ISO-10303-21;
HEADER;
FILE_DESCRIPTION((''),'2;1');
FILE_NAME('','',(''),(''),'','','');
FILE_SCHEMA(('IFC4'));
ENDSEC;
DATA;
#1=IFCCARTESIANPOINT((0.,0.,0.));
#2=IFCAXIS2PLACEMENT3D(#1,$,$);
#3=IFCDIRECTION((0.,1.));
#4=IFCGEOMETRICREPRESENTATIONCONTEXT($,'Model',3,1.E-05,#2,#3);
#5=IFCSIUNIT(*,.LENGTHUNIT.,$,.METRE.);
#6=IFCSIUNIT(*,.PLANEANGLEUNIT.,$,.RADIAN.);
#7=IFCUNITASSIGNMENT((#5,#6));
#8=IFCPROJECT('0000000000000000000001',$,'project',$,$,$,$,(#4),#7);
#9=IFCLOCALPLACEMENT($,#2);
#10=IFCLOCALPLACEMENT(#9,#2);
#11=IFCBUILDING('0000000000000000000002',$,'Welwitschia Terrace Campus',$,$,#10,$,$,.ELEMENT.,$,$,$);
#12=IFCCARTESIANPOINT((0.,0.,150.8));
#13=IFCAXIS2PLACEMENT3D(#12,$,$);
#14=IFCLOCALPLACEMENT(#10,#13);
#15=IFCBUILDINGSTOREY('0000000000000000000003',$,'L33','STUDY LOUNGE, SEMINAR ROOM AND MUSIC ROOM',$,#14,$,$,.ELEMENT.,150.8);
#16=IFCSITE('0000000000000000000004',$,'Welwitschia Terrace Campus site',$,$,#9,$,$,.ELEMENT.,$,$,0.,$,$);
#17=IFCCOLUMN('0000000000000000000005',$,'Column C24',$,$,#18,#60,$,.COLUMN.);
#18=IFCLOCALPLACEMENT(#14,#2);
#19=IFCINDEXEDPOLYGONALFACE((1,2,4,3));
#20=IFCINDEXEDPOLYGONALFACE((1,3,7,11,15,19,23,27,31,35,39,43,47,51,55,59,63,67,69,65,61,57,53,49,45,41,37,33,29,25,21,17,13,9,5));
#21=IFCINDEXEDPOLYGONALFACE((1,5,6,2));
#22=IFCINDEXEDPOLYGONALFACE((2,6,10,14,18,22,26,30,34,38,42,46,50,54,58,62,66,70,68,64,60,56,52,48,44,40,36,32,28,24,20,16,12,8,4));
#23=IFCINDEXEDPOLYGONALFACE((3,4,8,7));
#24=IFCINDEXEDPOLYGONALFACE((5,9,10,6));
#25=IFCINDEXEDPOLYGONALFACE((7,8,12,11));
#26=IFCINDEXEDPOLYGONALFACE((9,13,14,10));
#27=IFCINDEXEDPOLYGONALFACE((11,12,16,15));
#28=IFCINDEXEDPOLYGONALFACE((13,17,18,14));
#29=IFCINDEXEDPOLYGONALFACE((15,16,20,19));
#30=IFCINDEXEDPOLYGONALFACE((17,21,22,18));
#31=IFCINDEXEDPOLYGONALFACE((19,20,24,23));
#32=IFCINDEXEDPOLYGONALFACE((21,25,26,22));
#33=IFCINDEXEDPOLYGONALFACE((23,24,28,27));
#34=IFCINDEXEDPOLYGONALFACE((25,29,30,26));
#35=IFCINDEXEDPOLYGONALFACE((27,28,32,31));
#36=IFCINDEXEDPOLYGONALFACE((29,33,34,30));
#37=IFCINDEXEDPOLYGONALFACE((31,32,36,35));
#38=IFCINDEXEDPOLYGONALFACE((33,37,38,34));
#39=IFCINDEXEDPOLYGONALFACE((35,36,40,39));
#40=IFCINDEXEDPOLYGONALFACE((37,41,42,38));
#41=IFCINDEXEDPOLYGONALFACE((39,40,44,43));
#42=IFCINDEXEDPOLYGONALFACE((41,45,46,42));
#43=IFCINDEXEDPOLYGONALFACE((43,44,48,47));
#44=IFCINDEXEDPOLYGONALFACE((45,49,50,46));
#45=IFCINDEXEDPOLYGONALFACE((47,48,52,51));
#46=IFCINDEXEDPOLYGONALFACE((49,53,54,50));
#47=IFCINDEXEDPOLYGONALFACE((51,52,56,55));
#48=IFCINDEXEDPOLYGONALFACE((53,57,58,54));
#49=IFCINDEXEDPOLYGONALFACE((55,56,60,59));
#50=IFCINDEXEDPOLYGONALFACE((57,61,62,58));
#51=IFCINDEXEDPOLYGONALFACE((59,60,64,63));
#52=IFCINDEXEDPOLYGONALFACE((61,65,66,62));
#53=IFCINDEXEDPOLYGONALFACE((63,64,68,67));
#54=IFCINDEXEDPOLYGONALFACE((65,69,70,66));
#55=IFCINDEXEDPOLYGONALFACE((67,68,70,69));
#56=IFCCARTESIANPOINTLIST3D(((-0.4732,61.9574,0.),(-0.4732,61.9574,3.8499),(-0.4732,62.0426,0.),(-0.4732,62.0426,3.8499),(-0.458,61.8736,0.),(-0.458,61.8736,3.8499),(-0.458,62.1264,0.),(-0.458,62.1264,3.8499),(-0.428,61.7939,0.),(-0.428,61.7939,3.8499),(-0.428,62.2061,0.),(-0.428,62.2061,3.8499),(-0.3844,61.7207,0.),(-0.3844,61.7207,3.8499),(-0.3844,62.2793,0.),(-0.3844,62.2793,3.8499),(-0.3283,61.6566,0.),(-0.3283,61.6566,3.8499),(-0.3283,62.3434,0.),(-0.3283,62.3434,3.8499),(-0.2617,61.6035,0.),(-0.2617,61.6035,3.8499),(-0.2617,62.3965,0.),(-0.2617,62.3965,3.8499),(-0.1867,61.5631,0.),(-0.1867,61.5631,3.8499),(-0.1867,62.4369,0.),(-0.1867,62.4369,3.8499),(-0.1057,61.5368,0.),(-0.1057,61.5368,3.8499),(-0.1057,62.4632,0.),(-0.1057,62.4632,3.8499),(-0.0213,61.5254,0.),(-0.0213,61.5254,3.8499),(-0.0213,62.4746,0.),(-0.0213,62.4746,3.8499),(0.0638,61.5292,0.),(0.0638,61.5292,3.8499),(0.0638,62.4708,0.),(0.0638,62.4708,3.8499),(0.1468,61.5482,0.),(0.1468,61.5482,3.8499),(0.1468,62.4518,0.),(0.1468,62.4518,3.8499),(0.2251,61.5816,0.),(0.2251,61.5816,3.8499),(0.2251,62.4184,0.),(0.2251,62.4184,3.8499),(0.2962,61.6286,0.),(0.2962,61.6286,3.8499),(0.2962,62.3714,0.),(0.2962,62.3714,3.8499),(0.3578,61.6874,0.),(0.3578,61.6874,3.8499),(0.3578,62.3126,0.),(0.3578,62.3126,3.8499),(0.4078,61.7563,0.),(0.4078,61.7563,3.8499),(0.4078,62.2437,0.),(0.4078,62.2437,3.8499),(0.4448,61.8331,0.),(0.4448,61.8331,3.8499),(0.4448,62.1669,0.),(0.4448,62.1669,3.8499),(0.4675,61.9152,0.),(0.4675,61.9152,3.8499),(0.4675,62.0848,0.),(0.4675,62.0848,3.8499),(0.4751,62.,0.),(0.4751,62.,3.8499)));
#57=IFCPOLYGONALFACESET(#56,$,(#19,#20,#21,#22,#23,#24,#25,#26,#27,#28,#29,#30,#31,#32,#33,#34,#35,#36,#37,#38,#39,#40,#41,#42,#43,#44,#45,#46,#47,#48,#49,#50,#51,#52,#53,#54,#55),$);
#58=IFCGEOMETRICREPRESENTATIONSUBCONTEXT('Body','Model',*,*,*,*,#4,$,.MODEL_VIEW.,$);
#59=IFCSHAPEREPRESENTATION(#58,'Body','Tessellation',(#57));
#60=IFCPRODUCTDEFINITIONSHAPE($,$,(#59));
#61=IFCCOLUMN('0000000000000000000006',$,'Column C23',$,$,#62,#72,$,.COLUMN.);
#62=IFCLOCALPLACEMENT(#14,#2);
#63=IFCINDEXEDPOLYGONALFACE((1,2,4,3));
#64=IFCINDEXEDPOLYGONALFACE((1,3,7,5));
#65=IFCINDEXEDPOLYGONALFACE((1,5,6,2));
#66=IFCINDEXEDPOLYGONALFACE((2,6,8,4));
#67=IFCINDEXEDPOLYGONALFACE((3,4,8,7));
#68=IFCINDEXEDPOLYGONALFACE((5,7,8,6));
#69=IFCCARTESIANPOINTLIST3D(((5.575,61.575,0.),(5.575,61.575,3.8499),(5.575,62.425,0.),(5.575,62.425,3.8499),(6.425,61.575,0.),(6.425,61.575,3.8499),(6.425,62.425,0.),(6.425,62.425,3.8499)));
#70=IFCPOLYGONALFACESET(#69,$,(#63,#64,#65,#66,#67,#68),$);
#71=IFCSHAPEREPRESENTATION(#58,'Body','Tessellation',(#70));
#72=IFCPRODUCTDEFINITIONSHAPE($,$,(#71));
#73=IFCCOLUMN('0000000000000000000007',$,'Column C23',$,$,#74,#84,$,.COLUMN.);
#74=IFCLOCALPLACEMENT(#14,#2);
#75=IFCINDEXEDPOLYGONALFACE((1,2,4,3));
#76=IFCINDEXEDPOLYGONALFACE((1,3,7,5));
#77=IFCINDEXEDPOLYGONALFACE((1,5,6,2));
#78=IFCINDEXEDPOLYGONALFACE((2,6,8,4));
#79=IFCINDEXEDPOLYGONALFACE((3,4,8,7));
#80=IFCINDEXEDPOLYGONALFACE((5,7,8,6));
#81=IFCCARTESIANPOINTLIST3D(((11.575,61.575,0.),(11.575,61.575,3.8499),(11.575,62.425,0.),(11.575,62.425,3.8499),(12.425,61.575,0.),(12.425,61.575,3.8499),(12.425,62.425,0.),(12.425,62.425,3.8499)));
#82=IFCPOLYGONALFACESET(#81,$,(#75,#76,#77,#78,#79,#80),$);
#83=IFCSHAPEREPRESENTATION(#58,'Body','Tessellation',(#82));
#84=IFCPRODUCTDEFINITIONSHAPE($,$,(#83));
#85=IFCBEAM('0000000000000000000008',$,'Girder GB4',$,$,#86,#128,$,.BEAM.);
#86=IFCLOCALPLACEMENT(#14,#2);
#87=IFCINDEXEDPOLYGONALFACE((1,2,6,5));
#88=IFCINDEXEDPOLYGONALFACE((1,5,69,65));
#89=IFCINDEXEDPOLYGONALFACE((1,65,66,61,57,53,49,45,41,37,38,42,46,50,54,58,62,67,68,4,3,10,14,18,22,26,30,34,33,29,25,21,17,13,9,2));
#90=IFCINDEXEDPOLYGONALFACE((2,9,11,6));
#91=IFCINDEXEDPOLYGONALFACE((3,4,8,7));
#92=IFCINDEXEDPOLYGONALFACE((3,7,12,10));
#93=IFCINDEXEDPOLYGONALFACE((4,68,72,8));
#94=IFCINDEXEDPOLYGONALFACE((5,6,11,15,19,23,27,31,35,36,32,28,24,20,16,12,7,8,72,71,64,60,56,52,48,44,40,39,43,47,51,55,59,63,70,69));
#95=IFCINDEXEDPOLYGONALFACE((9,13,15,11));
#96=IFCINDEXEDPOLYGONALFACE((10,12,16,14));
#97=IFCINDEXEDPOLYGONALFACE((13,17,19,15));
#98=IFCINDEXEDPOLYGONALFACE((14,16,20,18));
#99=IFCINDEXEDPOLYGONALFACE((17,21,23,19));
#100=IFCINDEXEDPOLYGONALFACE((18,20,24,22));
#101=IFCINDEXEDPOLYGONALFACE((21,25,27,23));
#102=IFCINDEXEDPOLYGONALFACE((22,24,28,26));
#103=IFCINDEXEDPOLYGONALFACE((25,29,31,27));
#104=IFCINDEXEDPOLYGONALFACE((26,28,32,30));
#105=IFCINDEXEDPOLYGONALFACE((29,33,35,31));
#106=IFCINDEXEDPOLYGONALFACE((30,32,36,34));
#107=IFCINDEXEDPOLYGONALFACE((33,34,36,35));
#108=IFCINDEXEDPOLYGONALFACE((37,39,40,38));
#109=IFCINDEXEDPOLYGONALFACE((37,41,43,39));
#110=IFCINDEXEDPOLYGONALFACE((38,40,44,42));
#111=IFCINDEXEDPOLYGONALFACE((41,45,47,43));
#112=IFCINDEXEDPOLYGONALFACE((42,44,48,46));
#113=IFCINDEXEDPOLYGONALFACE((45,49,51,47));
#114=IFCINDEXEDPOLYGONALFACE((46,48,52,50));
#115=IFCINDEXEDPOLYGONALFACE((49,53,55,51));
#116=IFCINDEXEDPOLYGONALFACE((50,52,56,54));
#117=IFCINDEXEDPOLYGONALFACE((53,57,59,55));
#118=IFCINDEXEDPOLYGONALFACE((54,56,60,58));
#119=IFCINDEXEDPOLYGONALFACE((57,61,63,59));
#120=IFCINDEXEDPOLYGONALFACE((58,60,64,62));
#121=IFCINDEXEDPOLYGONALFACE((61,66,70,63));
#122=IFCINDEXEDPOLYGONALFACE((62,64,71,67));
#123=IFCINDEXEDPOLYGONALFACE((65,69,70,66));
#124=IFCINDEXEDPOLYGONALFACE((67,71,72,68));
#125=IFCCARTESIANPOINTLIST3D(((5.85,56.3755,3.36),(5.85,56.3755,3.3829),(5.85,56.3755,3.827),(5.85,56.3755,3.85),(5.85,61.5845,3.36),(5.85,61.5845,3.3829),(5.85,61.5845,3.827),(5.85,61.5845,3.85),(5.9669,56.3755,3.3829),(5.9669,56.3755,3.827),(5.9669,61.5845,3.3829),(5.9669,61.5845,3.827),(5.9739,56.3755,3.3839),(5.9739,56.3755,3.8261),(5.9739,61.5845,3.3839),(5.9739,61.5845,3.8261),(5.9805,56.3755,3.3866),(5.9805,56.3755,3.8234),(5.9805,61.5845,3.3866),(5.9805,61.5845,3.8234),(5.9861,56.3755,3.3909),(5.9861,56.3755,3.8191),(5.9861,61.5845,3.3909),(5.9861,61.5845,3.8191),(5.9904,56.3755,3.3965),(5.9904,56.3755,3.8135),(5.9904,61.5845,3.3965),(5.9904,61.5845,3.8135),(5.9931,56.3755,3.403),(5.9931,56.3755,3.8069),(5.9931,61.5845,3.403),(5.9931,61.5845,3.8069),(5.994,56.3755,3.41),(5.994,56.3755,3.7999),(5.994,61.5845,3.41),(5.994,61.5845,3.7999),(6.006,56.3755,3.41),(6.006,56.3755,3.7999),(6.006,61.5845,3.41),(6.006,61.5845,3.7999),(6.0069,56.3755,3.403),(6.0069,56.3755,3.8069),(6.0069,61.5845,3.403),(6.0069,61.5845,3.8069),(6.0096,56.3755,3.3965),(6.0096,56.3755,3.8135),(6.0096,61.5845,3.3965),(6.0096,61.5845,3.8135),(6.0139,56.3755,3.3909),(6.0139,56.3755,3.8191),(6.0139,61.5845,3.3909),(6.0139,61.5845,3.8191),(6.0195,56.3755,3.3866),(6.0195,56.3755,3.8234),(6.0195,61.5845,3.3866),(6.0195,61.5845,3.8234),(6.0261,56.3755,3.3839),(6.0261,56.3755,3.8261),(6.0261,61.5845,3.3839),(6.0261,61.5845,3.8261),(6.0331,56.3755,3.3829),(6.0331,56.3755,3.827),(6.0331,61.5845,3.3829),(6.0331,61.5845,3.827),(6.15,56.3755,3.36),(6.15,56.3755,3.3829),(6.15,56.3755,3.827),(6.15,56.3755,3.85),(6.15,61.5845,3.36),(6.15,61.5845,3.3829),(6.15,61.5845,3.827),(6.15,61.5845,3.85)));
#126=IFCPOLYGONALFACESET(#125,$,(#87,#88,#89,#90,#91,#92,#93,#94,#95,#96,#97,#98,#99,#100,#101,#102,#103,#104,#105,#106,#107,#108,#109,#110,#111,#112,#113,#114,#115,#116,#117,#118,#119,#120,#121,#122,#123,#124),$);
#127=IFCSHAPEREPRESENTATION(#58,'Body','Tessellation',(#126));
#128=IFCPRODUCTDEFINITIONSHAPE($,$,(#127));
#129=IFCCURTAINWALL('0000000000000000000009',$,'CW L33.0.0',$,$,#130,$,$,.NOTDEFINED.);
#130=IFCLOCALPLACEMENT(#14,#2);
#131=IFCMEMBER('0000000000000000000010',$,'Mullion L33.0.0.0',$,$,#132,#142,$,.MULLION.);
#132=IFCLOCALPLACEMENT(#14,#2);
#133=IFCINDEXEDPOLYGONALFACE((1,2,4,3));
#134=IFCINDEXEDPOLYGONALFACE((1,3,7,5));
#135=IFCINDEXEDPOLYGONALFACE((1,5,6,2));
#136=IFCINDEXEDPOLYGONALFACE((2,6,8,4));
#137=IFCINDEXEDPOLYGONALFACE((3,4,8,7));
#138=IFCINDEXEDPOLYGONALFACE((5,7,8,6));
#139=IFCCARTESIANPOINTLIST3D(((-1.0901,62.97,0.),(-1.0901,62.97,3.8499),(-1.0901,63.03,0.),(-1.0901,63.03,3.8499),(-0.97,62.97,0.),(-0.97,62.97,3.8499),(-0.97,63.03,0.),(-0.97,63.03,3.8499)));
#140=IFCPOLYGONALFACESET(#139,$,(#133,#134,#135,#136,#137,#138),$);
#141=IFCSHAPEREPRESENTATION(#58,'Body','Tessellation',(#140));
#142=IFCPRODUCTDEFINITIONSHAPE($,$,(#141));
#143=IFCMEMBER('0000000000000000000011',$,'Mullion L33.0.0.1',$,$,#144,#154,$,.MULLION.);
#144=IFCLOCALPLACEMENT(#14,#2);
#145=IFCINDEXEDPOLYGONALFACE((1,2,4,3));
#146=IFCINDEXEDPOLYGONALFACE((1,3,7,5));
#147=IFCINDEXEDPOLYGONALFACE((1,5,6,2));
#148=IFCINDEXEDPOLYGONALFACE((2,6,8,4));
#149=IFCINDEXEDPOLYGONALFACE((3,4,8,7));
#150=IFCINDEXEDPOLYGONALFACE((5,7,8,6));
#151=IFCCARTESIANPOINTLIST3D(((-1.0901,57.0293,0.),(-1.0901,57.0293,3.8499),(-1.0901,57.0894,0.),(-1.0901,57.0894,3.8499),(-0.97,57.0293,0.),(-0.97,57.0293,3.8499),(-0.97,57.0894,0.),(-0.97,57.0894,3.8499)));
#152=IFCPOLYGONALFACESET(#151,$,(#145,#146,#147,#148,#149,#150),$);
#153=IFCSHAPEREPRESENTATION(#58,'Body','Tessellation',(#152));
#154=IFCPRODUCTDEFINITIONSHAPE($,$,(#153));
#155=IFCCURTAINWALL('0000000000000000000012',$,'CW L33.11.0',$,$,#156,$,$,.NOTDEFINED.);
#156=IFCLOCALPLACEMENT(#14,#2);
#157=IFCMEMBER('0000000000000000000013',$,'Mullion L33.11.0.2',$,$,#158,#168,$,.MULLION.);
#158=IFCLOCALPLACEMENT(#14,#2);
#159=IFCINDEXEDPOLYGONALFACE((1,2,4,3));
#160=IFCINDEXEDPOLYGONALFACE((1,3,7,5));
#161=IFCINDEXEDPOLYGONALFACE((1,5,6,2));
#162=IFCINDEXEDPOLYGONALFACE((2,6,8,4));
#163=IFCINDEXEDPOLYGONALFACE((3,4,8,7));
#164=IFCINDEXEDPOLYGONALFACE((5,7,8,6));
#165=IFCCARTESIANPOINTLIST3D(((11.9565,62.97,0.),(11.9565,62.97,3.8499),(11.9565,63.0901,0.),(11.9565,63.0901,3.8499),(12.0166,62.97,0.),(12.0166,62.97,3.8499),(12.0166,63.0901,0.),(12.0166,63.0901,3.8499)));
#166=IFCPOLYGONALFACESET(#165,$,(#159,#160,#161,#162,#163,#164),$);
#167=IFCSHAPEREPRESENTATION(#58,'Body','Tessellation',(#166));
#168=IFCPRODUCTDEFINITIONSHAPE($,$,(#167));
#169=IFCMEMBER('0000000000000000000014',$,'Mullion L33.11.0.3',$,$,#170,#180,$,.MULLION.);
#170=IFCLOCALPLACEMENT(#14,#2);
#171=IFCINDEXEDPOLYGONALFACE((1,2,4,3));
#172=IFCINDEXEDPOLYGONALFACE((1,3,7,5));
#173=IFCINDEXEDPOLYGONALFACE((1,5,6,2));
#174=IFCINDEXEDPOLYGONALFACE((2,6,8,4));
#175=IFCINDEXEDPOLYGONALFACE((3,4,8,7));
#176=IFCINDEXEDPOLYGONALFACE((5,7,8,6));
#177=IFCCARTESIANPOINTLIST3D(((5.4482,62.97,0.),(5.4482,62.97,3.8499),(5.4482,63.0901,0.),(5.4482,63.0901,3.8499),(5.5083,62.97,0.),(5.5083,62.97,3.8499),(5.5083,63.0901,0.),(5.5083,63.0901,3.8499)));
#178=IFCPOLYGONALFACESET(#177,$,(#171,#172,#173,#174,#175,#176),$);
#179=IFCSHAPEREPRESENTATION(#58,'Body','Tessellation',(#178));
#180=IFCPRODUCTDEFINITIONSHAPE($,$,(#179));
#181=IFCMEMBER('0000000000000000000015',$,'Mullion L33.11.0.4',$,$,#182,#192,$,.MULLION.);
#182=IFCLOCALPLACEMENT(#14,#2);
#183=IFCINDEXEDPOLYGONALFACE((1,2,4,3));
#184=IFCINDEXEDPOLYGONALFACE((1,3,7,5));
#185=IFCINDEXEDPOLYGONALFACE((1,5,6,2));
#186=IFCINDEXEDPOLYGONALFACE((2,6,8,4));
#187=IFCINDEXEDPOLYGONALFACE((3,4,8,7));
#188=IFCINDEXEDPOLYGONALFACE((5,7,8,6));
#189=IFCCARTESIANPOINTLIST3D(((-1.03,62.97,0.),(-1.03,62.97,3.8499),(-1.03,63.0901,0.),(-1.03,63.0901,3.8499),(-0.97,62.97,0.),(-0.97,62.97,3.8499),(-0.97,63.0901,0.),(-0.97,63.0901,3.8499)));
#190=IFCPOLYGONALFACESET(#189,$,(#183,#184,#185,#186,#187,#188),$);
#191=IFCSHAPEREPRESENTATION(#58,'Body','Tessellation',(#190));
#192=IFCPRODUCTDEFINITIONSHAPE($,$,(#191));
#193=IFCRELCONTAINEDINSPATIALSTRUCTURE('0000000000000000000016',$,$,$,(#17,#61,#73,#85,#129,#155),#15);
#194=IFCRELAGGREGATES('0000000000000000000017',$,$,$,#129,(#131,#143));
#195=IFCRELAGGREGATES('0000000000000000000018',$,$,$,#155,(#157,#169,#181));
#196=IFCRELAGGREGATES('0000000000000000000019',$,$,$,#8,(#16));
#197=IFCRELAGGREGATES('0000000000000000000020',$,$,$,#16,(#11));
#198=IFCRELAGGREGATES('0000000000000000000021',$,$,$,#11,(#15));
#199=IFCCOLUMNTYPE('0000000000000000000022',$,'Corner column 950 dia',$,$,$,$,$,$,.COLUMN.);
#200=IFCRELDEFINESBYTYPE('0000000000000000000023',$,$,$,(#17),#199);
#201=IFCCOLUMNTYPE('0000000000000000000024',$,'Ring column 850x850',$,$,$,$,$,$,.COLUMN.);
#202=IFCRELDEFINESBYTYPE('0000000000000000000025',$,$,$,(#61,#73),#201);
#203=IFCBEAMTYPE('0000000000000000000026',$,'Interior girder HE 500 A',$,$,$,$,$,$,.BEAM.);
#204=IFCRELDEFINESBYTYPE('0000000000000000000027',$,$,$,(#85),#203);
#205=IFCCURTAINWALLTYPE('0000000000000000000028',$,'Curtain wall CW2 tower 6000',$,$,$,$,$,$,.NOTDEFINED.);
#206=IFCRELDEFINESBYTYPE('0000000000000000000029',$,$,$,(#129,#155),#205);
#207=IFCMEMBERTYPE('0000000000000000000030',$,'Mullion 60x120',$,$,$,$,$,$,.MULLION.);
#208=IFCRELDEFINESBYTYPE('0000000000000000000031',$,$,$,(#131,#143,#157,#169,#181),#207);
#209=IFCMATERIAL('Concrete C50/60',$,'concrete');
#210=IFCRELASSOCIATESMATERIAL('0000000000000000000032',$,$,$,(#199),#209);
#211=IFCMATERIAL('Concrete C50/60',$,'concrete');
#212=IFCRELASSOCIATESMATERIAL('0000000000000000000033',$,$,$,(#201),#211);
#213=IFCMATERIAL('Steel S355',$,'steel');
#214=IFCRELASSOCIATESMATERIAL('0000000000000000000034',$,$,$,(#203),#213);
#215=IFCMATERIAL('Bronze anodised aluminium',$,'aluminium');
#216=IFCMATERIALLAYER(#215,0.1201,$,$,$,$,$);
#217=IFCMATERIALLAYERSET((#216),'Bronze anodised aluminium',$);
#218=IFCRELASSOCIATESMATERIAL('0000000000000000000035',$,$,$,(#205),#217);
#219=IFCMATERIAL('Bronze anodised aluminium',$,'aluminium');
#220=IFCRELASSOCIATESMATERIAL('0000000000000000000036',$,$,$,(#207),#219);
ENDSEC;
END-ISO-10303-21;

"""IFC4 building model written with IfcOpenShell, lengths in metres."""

from ifc_helpers import new_model, si_unit, direction, frame, origin, origin_2d, place, context, subcontext, project, spatial, rectangle, circle, i_section, extrude, material, layer, layer_set, material_profile, profile_set, type_object, element, aggregate, save


model = new_model("IFC4")

# Units and contexts
model_context = context("Model", 3, precision=1e-05, world=origin(), true_north=direction((0.0, 1.0)))
body_context = subcontext(model_context, "Body", "Model", "MODEL_VIEW")
ifc_project = project(units=[si_unit("LENGTHUNIT", "METRE"), si_unit("PLANEANGLEUNIT", "RADIAN")], contexts=[model_context])

# Site, building, storey
site_placement = place(None, origin())
site = spatial("IfcSite", under=ifc_project, at=site_placement, Name="Welwitschia Terrace Campus site", CompositionType="ELEMENT", RefElevation=0.0)
building_placement = place(site_placement, origin())
building = spatial("IfcBuilding", under=site, at=building_placement, Name="Welwitschia Terrace Campus", CompositionType="ELEMENT")
storey_placement = place(building_placement, frame((0.0, 0.0, 150.8)))
storey = spatial("IfcBuildingStorey", under=building, at=storey_placement, Name="L33", Description="STUDY LOUNGE, SEMINAR ROOM AND MUSIC ROOM", CompositionType="ELEMENT", Elevation=150.8)

# Columns
ifc_material_1 = material(Name="Concrete C50/60", Category="concrete")
ifc_material_profile_1 = material_profile(ifc_material_1, circle(Radius=0.4751, at=origin_2d()))
ifc_profile_set_1 = profile_set([ifc_material_profile_1], Name="Concrete C50/60")
column_type_1 = type_object("IfcColumnType", Name="Corner column 950 dia", PredefinedType="COLUMN", material=ifc_profile_set_1)
column_placement = place(storey_placement, frame((0.0, 62.0, 0.0), z_axis=(0.0, 0.0, 1.0), x_axis=(1.0, 0.0, 0.0)))
element("IfcColumn", 1, at=column_placement, inside=storey, type_object=column_type_1, Name="Column C24", PredefinedType="COLUMN", context=body_context, shape_type="SweptSolid", body=[
    extrude(circle(Radius=0.4751, at=origin_2d()), origin(), (0.0, 0.0, 1.0), 3.8499),
])
ifc_material_2 = material(Name="Concrete C50/60", Category="concrete")
ifc_material_profile_2 = material_profile(ifc_material_2, rectangle(XDim=0.8501, YDim=0.8501, at=origin_2d()))
ifc_profile_set_2 = profile_set([ifc_material_profile_2], Name="Concrete C50/60")
column_type_2 = type_object("IfcColumnType", Name="Ring column 850x850", PredefinedType="COLUMN", material=ifc_profile_set_2)
for number, where, z_axis, x_axis, name in (
    (2, (6.0, 62.0, 0.0), (0.0, 0.0, 1.0), (1.0, 0.0, 0.0), "Column C23"),
    (3, (12.0, 62.0, 0.0), (0.0, 0.0, 1.0), (1.0, 0.0, 0.0), "Column C23"),
):
    element("IfcColumn", number, at=place(storey_placement, frame(where, z_axis=z_axis, x_axis=x_axis)), inside=storey, type_object=column_type_2, Name=name, PredefinedType="COLUMN", context=body_context, shape_type="SweptSolid", body=[
        extrude(rectangle(XDim=0.8501, YDim=0.8501, at=origin_2d()), origin(), (0.0, 0.0, 1.0), 3.8499),
    ])

# Beam
ifc_material_3 = material(Name="Steel S355", Category="steel")
ifc_material_profile_3 = material_profile(ifc_material_3, i_section(OverallWidth=0.3, OverallDepth=0.49, WebThickness=0.012, FlangeThickness=0.0229, FilletRadius=0.0271, at=origin_2d()))
ifc_profile_set_3 = profile_set([ifc_material_profile_3], Name="Steel S355")
beam_type_1 = type_object("IfcBeamType", Name="Interior girder HE 500 A", PredefinedType="BEAM", material=ifc_profile_set_3)
beam_1_placement = place(storey_placement, frame((6.0, 56.3755, 3.605), z_axis=(0.0, 1.0, 0.0), x_axis=(-1.0, 0.0, 0.0)))
element("IfcBeam", 4, at=beam_1_placement, inside=storey, type_object=beam_type_1, Name="Girder GB4", PredefinedType="BEAM", context=body_context, shape_type="SweptSolid", body=[
    extrude(i_section(OverallWidth=0.3, OverallDepth=0.49, WebThickness=0.012, FlangeThickness=0.0229, FilletRadius=0.0271, at=origin_2d()), origin(), (0.0, 0.0, 1.0), 5.209),
])

# Curtain walls, members
ifc_material_4 = material(Name="Bronze anodised aluminium", Category="aluminium")
ifc_layer_1 = layer(ifc_material_4, 0.1201)
ifc_layer_set_1 = layer_set([ifc_layer_1], Name="Bronze anodised aluminium")
curtain_wall_type = type_object("IfcCurtainWallType", Name="Curtain wall CW2 tower 6000", PredefinedType="NOTDEFINED", material=ifc_layer_set_1)
curtain_wall_1_placement = place(storey_placement, origin())
curtain_wall_1 = element("IfcCurtainWall", 5, at=curtain_wall_1_placement, inside=storey, type_object=curtain_wall_type, Name="CW L33.0.0", PredefinedType="NOTDEFINED")
ifc_material_5 = material(Name="Bronze anodised aluminium", Category="aluminium")
ifc_material_profile_4 = material_profile(ifc_material_5, rectangle(XDim=0.1201, YDim=0.0601, at=origin_2d()))
ifc_profile_set_4 = profile_set([ifc_material_profile_4], Name="Bronze anodised aluminium")
member_type_1 = type_object("IfcMemberType", Name="Mullion 60x120", PredefinedType="MULLION", material=ifc_profile_set_4)
member_1_placement = place(storey_placement, frame((-1.03, 63.0, 0.0), z_axis=(0.0, 0.0, 1.0), x_axis=(1.0, 0.0, 0.0)))
member_1 = element("IfcMember", 6, at=member_1_placement, type_object=member_type_1, Name="Mullion L33.0.0.0", PredefinedType="MULLION", context=body_context, shape_type="SweptSolid", body=[
    extrude(rectangle(XDim=0.1201, YDim=0.0601, at=origin_2d()), origin(), (0.0, 0.0, 1.0), 3.8499),
])
member_2_placement = place(storey_placement, frame((-1.03, 57.0593, 0.0), z_axis=(0.0, 0.0, 1.0), x_axis=(1.0, 0.0, 0.0)))
member_2 = element("IfcMember", 7, at=member_2_placement, type_object=member_type_1, Name="Mullion L33.0.0.1", PredefinedType="MULLION", context=body_context, shape_type="SweptSolid", body=[
    extrude(rectangle(XDim=0.1201, YDim=0.0601, at=origin_2d()), origin(), (0.0, 0.0, 1.0), 3.8499),
])
curtain_wall_2_placement = place(storey_placement, origin())
curtain_wall_2 = element("IfcCurtainWall", 8, at=curtain_wall_2_placement, inside=storey, type_object=curtain_wall_type, Name="CW L33.11.0", PredefinedType="NOTDEFINED")
member_3_placement = place(storey_placement, frame((11.9866, 63.03, 0.0), z_axis=(0.0, 0.0, 1.0), x_axis=(0.0, -1.0, 0.0)))
member_3 = element("IfcMember", 9, at=member_3_placement, type_object=member_type_1, Name="Mullion L33.11.0.2", PredefinedType="MULLION", context=body_context, shape_type="SweptSolid", body=[
    extrude(rectangle(XDim=0.1201, YDim=0.0601, at=origin_2d()), origin(), (0.0, 0.0, 1.0), 3.8499),
])
member_4_placement = place(storey_placement, frame((5.4783, 63.03, 0.0), z_axis=(0.0, 0.0, 1.0), x_axis=(0.0, -1.0, 0.0)))
member_4 = element("IfcMember", 10, at=member_4_placement, type_object=member_type_1, Name="Mullion L33.11.0.3", PredefinedType="MULLION", context=body_context, shape_type="SweptSolid", body=[
    extrude(rectangle(XDim=0.1201, YDim=0.0601, at=origin_2d()), origin(), (0.0, 0.0, 1.0), 3.8499),
])
member_5_placement = place(storey_placement, frame((-1.0, 63.03, 0.0), z_axis=(0.0, 0.0, 1.0), x_axis=(0.0, -1.0, 0.0)))
member_5 = element("IfcMember", 11, at=member_5_placement, type_object=member_type_1, Name="Mullion L33.11.0.4", PredefinedType="MULLION", context=body_context, shape_type="SweptSolid", body=[
    extrude(rectangle(XDim=0.1201, YDim=0.0601, at=origin_2d()), origin(), (0.0, 0.0, 1.0), 3.8499),
])

aggregate(curtain_wall_1, [member_1, member_2])
aggregate(curtain_wall_2, [member_3, member_4, member_5])

save(model, "model.ifc")
